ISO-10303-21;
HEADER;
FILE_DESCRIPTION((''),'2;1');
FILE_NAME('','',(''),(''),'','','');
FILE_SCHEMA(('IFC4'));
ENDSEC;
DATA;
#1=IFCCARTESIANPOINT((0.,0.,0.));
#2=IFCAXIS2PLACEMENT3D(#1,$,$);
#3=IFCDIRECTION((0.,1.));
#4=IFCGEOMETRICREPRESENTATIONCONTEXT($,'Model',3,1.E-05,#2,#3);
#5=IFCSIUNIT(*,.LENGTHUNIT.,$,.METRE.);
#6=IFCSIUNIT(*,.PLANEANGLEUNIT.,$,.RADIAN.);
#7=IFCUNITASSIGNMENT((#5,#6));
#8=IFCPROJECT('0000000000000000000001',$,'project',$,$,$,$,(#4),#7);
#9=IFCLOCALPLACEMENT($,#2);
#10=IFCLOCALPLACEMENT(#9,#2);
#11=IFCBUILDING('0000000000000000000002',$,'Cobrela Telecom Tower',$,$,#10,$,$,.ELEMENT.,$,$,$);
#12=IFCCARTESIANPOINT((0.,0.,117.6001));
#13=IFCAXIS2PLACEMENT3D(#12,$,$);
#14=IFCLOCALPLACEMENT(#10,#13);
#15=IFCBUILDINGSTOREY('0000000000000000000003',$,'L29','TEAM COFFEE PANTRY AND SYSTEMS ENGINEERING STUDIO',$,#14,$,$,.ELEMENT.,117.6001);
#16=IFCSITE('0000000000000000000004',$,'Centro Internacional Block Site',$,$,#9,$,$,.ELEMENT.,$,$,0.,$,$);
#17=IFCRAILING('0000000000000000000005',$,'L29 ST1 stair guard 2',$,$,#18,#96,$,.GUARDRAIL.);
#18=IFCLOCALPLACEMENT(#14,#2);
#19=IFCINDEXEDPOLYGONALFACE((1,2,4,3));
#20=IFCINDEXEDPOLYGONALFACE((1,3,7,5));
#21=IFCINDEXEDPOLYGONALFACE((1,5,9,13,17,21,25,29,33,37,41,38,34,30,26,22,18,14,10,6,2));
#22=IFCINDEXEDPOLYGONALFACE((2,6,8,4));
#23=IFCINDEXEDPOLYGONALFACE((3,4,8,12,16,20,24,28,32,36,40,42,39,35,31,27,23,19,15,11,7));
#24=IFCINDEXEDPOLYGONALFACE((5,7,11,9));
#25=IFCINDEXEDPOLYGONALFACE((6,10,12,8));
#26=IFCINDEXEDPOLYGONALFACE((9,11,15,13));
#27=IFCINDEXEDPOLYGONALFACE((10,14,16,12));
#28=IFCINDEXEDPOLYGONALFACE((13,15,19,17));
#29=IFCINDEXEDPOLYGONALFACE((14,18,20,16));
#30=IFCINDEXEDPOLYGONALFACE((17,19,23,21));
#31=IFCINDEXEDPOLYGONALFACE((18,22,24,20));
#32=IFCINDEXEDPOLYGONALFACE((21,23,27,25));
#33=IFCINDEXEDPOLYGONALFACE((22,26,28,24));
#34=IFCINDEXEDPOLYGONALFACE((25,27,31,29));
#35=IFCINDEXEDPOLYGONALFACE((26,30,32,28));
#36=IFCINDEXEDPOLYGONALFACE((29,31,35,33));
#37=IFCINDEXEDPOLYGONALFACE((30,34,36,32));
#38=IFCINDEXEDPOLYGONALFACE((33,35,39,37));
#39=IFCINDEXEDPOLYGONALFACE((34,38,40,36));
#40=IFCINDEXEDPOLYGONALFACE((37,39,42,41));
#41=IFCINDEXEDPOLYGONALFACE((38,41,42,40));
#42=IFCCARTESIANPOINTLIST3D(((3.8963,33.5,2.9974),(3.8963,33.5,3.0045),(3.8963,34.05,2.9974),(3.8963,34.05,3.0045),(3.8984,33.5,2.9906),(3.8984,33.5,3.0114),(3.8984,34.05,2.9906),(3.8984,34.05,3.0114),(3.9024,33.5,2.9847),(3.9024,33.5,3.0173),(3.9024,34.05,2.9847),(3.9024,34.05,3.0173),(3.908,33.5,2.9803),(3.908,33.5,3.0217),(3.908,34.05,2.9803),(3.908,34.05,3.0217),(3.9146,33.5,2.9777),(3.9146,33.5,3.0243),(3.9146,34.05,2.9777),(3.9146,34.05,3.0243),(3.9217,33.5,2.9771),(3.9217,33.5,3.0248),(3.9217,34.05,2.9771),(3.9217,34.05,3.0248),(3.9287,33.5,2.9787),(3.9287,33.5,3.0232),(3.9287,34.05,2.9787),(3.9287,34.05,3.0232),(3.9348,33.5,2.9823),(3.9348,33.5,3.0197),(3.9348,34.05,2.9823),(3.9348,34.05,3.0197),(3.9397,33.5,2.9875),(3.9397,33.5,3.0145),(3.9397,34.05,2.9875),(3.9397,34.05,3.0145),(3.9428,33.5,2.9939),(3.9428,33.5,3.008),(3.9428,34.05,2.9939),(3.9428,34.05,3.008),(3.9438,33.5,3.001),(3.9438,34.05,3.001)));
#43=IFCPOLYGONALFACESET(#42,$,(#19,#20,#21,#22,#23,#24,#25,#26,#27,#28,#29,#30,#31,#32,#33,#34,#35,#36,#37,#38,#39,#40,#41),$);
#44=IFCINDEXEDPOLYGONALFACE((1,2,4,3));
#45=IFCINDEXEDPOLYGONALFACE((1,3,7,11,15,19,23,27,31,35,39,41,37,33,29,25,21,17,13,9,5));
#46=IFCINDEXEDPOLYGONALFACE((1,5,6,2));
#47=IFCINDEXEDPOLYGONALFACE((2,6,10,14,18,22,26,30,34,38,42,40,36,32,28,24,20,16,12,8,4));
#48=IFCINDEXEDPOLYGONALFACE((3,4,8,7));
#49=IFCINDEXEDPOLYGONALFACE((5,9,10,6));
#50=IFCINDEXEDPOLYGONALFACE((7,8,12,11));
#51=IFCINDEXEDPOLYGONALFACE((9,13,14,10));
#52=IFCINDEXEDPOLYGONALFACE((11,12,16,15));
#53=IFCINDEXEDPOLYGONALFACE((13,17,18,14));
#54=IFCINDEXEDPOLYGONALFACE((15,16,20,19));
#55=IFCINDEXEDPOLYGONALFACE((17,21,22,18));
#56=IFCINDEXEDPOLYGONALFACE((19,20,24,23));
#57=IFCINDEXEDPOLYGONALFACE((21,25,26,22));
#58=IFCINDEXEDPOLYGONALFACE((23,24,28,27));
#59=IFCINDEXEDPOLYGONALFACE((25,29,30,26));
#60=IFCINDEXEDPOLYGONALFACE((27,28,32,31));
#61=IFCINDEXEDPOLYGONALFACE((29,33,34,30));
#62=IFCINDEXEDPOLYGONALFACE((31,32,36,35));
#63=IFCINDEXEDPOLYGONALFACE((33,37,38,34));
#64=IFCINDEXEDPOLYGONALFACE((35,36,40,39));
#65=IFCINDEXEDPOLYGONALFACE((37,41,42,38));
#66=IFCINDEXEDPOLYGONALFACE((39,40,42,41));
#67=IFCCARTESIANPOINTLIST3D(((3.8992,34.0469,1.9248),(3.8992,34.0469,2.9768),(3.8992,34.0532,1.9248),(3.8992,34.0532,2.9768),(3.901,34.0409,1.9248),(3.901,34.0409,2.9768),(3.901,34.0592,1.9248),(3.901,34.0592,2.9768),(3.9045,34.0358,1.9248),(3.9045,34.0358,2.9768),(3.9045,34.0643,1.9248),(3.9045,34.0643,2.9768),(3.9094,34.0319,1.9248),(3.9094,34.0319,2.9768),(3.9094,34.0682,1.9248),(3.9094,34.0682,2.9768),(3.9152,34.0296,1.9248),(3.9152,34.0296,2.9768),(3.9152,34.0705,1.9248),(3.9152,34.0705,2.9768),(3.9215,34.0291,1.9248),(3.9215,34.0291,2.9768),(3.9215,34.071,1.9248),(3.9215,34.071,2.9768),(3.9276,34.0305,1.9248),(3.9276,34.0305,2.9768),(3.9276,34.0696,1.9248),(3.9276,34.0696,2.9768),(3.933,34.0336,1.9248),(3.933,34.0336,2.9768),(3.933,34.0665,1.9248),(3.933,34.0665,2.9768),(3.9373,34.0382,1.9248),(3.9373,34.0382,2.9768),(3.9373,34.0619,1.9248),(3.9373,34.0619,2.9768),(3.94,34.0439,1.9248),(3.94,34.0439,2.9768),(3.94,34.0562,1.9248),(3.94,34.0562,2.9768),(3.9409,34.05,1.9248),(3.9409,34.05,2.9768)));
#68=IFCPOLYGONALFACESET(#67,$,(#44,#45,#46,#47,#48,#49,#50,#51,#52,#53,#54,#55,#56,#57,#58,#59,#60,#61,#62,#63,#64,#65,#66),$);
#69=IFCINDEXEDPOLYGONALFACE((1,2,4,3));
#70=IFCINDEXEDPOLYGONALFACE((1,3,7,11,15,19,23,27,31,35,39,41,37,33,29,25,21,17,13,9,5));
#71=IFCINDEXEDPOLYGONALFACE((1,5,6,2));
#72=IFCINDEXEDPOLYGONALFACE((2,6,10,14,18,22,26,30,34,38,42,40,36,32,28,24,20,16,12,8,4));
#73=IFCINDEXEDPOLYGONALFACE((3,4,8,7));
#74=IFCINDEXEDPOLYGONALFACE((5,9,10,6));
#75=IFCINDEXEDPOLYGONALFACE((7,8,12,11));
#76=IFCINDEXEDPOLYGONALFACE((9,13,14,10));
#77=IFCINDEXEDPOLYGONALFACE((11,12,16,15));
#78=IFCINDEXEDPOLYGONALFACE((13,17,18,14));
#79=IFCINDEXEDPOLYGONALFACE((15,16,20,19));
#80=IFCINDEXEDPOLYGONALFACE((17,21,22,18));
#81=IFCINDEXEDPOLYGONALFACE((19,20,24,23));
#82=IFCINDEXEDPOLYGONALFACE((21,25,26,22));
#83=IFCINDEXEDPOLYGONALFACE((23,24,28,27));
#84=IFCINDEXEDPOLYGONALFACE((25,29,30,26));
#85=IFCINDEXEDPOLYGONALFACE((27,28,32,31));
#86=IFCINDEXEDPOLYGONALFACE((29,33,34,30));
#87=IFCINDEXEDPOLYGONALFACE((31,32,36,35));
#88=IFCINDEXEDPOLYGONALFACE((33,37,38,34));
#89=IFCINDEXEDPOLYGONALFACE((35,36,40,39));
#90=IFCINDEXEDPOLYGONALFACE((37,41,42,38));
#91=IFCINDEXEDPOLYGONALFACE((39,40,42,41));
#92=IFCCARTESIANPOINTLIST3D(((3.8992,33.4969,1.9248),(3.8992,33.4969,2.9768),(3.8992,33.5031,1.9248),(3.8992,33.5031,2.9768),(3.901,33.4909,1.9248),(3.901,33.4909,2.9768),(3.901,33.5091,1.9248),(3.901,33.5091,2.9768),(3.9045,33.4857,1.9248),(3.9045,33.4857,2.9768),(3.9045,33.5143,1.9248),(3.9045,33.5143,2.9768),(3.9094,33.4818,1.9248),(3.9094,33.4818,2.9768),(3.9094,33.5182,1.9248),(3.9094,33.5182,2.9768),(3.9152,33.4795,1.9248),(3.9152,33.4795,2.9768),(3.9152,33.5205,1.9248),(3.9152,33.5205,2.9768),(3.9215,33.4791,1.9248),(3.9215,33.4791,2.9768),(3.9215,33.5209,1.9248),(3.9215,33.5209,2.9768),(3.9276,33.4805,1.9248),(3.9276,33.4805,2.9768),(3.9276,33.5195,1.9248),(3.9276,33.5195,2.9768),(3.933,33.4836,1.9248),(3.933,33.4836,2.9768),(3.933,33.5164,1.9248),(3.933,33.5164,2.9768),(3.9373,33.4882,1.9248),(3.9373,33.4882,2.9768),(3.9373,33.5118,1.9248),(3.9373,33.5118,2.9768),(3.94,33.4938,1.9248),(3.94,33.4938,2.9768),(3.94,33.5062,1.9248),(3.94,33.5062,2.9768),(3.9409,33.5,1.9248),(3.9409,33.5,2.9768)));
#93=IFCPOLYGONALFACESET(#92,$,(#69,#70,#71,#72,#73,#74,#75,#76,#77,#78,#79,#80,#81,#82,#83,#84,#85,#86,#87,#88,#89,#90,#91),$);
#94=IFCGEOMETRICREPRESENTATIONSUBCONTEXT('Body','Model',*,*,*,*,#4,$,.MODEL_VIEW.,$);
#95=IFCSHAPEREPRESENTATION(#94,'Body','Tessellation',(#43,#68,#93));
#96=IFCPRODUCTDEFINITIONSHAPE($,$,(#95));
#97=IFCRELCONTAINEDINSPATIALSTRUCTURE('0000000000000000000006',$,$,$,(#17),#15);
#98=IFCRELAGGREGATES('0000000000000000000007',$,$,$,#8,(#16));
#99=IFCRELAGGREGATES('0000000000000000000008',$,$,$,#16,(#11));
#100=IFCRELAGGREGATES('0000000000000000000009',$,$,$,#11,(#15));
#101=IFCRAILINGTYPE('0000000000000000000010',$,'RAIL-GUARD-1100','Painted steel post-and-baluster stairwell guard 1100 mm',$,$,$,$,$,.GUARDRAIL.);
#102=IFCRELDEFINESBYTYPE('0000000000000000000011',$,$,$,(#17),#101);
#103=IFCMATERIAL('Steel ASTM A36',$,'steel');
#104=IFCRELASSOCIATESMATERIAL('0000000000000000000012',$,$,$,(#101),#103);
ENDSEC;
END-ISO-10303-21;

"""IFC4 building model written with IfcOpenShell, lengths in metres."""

from ifc_helpers import new_model, si_unit, direction, frame, origin, origin_2d, place, context, subcontext, project, spatial, circle, extrude, material, type_object, element, save


model = new_model("IFC4")

# Units and contexts
model_context = context("Model", 3, precision=1e-05, world=origin(), true_north=direction((0.0, 1.0)))
body_context = subcontext(model_context, "Body", "Model", "MODEL_VIEW")
ifc_project = project(units=[si_unit("LENGTHUNIT", "METRE"), si_unit("PLANEANGLEUNIT", "RADIAN")], contexts=[model_context])

# Site, building, storey
site_placement = place(None, origin())
site = spatial("IfcSite", under=ifc_project, at=site_placement, Name="Centro Internacional Block Site", CompositionType="ELEMENT", RefElevation=0.0)
building_placement = place(site_placement, origin())
building = spatial("IfcBuilding", under=site, at=building_placement, Name="Cobrela Telecom Tower", CompositionType="ELEMENT")
storey_placement = place(building_placement, frame((0.0, 0.0, 117.6001)))
storey = spatial("IfcBuildingStorey", under=building, at=storey_placement, Name="L29", Description="TEAM COFFEE PANTRY AND SYSTEMS ENGINEERING STUDIO", CompositionType="ELEMENT", Elevation=117.6001)

# Shared definitions
ifc_material_1 = material(Name="Steel ASTM A36", Category="steel")

# Railing
railing_type_1 = type_object("IfcRailingType", Name="RAIL-GUARD-1100", Description="Painted steel post-and-baluster stairwell guard 1100 mm", PredefinedType="GUARDRAIL", material=ifc_material_1)
railing_1_placement = place(storey_placement, frame((3.9199, 34.05, 1.9248)))
element("IfcRailing", 1, at=railing_1_placement, inside=storey, type_object=railing_type_1, Name="L29 ST1 stair guard 2", PredefinedType="GUARDRAIL", context=body_context, shape_type="SweptSolid", body=[
    extrude(circle(Radius=0.0239, at=origin_2d()), frame((0.0, 0.0, 1.0762), z_axis=(0.0, -1.0, 0.0), x_axis=(1.0, 0.0, 0.0)), (0.0, 0.0, 1.0), 0.55),
    extrude(circle(Radius=0.021, at=origin_2d()), origin(), (0.0, 0.0, 1.0), 1.052),
    extrude(circle(Radius=0.021, at=origin_2d()), frame((0.0, -0.55, 0.0)), (0.0, 0.0, 1.0), 1.052),
])

save(model, "model.ifc")
